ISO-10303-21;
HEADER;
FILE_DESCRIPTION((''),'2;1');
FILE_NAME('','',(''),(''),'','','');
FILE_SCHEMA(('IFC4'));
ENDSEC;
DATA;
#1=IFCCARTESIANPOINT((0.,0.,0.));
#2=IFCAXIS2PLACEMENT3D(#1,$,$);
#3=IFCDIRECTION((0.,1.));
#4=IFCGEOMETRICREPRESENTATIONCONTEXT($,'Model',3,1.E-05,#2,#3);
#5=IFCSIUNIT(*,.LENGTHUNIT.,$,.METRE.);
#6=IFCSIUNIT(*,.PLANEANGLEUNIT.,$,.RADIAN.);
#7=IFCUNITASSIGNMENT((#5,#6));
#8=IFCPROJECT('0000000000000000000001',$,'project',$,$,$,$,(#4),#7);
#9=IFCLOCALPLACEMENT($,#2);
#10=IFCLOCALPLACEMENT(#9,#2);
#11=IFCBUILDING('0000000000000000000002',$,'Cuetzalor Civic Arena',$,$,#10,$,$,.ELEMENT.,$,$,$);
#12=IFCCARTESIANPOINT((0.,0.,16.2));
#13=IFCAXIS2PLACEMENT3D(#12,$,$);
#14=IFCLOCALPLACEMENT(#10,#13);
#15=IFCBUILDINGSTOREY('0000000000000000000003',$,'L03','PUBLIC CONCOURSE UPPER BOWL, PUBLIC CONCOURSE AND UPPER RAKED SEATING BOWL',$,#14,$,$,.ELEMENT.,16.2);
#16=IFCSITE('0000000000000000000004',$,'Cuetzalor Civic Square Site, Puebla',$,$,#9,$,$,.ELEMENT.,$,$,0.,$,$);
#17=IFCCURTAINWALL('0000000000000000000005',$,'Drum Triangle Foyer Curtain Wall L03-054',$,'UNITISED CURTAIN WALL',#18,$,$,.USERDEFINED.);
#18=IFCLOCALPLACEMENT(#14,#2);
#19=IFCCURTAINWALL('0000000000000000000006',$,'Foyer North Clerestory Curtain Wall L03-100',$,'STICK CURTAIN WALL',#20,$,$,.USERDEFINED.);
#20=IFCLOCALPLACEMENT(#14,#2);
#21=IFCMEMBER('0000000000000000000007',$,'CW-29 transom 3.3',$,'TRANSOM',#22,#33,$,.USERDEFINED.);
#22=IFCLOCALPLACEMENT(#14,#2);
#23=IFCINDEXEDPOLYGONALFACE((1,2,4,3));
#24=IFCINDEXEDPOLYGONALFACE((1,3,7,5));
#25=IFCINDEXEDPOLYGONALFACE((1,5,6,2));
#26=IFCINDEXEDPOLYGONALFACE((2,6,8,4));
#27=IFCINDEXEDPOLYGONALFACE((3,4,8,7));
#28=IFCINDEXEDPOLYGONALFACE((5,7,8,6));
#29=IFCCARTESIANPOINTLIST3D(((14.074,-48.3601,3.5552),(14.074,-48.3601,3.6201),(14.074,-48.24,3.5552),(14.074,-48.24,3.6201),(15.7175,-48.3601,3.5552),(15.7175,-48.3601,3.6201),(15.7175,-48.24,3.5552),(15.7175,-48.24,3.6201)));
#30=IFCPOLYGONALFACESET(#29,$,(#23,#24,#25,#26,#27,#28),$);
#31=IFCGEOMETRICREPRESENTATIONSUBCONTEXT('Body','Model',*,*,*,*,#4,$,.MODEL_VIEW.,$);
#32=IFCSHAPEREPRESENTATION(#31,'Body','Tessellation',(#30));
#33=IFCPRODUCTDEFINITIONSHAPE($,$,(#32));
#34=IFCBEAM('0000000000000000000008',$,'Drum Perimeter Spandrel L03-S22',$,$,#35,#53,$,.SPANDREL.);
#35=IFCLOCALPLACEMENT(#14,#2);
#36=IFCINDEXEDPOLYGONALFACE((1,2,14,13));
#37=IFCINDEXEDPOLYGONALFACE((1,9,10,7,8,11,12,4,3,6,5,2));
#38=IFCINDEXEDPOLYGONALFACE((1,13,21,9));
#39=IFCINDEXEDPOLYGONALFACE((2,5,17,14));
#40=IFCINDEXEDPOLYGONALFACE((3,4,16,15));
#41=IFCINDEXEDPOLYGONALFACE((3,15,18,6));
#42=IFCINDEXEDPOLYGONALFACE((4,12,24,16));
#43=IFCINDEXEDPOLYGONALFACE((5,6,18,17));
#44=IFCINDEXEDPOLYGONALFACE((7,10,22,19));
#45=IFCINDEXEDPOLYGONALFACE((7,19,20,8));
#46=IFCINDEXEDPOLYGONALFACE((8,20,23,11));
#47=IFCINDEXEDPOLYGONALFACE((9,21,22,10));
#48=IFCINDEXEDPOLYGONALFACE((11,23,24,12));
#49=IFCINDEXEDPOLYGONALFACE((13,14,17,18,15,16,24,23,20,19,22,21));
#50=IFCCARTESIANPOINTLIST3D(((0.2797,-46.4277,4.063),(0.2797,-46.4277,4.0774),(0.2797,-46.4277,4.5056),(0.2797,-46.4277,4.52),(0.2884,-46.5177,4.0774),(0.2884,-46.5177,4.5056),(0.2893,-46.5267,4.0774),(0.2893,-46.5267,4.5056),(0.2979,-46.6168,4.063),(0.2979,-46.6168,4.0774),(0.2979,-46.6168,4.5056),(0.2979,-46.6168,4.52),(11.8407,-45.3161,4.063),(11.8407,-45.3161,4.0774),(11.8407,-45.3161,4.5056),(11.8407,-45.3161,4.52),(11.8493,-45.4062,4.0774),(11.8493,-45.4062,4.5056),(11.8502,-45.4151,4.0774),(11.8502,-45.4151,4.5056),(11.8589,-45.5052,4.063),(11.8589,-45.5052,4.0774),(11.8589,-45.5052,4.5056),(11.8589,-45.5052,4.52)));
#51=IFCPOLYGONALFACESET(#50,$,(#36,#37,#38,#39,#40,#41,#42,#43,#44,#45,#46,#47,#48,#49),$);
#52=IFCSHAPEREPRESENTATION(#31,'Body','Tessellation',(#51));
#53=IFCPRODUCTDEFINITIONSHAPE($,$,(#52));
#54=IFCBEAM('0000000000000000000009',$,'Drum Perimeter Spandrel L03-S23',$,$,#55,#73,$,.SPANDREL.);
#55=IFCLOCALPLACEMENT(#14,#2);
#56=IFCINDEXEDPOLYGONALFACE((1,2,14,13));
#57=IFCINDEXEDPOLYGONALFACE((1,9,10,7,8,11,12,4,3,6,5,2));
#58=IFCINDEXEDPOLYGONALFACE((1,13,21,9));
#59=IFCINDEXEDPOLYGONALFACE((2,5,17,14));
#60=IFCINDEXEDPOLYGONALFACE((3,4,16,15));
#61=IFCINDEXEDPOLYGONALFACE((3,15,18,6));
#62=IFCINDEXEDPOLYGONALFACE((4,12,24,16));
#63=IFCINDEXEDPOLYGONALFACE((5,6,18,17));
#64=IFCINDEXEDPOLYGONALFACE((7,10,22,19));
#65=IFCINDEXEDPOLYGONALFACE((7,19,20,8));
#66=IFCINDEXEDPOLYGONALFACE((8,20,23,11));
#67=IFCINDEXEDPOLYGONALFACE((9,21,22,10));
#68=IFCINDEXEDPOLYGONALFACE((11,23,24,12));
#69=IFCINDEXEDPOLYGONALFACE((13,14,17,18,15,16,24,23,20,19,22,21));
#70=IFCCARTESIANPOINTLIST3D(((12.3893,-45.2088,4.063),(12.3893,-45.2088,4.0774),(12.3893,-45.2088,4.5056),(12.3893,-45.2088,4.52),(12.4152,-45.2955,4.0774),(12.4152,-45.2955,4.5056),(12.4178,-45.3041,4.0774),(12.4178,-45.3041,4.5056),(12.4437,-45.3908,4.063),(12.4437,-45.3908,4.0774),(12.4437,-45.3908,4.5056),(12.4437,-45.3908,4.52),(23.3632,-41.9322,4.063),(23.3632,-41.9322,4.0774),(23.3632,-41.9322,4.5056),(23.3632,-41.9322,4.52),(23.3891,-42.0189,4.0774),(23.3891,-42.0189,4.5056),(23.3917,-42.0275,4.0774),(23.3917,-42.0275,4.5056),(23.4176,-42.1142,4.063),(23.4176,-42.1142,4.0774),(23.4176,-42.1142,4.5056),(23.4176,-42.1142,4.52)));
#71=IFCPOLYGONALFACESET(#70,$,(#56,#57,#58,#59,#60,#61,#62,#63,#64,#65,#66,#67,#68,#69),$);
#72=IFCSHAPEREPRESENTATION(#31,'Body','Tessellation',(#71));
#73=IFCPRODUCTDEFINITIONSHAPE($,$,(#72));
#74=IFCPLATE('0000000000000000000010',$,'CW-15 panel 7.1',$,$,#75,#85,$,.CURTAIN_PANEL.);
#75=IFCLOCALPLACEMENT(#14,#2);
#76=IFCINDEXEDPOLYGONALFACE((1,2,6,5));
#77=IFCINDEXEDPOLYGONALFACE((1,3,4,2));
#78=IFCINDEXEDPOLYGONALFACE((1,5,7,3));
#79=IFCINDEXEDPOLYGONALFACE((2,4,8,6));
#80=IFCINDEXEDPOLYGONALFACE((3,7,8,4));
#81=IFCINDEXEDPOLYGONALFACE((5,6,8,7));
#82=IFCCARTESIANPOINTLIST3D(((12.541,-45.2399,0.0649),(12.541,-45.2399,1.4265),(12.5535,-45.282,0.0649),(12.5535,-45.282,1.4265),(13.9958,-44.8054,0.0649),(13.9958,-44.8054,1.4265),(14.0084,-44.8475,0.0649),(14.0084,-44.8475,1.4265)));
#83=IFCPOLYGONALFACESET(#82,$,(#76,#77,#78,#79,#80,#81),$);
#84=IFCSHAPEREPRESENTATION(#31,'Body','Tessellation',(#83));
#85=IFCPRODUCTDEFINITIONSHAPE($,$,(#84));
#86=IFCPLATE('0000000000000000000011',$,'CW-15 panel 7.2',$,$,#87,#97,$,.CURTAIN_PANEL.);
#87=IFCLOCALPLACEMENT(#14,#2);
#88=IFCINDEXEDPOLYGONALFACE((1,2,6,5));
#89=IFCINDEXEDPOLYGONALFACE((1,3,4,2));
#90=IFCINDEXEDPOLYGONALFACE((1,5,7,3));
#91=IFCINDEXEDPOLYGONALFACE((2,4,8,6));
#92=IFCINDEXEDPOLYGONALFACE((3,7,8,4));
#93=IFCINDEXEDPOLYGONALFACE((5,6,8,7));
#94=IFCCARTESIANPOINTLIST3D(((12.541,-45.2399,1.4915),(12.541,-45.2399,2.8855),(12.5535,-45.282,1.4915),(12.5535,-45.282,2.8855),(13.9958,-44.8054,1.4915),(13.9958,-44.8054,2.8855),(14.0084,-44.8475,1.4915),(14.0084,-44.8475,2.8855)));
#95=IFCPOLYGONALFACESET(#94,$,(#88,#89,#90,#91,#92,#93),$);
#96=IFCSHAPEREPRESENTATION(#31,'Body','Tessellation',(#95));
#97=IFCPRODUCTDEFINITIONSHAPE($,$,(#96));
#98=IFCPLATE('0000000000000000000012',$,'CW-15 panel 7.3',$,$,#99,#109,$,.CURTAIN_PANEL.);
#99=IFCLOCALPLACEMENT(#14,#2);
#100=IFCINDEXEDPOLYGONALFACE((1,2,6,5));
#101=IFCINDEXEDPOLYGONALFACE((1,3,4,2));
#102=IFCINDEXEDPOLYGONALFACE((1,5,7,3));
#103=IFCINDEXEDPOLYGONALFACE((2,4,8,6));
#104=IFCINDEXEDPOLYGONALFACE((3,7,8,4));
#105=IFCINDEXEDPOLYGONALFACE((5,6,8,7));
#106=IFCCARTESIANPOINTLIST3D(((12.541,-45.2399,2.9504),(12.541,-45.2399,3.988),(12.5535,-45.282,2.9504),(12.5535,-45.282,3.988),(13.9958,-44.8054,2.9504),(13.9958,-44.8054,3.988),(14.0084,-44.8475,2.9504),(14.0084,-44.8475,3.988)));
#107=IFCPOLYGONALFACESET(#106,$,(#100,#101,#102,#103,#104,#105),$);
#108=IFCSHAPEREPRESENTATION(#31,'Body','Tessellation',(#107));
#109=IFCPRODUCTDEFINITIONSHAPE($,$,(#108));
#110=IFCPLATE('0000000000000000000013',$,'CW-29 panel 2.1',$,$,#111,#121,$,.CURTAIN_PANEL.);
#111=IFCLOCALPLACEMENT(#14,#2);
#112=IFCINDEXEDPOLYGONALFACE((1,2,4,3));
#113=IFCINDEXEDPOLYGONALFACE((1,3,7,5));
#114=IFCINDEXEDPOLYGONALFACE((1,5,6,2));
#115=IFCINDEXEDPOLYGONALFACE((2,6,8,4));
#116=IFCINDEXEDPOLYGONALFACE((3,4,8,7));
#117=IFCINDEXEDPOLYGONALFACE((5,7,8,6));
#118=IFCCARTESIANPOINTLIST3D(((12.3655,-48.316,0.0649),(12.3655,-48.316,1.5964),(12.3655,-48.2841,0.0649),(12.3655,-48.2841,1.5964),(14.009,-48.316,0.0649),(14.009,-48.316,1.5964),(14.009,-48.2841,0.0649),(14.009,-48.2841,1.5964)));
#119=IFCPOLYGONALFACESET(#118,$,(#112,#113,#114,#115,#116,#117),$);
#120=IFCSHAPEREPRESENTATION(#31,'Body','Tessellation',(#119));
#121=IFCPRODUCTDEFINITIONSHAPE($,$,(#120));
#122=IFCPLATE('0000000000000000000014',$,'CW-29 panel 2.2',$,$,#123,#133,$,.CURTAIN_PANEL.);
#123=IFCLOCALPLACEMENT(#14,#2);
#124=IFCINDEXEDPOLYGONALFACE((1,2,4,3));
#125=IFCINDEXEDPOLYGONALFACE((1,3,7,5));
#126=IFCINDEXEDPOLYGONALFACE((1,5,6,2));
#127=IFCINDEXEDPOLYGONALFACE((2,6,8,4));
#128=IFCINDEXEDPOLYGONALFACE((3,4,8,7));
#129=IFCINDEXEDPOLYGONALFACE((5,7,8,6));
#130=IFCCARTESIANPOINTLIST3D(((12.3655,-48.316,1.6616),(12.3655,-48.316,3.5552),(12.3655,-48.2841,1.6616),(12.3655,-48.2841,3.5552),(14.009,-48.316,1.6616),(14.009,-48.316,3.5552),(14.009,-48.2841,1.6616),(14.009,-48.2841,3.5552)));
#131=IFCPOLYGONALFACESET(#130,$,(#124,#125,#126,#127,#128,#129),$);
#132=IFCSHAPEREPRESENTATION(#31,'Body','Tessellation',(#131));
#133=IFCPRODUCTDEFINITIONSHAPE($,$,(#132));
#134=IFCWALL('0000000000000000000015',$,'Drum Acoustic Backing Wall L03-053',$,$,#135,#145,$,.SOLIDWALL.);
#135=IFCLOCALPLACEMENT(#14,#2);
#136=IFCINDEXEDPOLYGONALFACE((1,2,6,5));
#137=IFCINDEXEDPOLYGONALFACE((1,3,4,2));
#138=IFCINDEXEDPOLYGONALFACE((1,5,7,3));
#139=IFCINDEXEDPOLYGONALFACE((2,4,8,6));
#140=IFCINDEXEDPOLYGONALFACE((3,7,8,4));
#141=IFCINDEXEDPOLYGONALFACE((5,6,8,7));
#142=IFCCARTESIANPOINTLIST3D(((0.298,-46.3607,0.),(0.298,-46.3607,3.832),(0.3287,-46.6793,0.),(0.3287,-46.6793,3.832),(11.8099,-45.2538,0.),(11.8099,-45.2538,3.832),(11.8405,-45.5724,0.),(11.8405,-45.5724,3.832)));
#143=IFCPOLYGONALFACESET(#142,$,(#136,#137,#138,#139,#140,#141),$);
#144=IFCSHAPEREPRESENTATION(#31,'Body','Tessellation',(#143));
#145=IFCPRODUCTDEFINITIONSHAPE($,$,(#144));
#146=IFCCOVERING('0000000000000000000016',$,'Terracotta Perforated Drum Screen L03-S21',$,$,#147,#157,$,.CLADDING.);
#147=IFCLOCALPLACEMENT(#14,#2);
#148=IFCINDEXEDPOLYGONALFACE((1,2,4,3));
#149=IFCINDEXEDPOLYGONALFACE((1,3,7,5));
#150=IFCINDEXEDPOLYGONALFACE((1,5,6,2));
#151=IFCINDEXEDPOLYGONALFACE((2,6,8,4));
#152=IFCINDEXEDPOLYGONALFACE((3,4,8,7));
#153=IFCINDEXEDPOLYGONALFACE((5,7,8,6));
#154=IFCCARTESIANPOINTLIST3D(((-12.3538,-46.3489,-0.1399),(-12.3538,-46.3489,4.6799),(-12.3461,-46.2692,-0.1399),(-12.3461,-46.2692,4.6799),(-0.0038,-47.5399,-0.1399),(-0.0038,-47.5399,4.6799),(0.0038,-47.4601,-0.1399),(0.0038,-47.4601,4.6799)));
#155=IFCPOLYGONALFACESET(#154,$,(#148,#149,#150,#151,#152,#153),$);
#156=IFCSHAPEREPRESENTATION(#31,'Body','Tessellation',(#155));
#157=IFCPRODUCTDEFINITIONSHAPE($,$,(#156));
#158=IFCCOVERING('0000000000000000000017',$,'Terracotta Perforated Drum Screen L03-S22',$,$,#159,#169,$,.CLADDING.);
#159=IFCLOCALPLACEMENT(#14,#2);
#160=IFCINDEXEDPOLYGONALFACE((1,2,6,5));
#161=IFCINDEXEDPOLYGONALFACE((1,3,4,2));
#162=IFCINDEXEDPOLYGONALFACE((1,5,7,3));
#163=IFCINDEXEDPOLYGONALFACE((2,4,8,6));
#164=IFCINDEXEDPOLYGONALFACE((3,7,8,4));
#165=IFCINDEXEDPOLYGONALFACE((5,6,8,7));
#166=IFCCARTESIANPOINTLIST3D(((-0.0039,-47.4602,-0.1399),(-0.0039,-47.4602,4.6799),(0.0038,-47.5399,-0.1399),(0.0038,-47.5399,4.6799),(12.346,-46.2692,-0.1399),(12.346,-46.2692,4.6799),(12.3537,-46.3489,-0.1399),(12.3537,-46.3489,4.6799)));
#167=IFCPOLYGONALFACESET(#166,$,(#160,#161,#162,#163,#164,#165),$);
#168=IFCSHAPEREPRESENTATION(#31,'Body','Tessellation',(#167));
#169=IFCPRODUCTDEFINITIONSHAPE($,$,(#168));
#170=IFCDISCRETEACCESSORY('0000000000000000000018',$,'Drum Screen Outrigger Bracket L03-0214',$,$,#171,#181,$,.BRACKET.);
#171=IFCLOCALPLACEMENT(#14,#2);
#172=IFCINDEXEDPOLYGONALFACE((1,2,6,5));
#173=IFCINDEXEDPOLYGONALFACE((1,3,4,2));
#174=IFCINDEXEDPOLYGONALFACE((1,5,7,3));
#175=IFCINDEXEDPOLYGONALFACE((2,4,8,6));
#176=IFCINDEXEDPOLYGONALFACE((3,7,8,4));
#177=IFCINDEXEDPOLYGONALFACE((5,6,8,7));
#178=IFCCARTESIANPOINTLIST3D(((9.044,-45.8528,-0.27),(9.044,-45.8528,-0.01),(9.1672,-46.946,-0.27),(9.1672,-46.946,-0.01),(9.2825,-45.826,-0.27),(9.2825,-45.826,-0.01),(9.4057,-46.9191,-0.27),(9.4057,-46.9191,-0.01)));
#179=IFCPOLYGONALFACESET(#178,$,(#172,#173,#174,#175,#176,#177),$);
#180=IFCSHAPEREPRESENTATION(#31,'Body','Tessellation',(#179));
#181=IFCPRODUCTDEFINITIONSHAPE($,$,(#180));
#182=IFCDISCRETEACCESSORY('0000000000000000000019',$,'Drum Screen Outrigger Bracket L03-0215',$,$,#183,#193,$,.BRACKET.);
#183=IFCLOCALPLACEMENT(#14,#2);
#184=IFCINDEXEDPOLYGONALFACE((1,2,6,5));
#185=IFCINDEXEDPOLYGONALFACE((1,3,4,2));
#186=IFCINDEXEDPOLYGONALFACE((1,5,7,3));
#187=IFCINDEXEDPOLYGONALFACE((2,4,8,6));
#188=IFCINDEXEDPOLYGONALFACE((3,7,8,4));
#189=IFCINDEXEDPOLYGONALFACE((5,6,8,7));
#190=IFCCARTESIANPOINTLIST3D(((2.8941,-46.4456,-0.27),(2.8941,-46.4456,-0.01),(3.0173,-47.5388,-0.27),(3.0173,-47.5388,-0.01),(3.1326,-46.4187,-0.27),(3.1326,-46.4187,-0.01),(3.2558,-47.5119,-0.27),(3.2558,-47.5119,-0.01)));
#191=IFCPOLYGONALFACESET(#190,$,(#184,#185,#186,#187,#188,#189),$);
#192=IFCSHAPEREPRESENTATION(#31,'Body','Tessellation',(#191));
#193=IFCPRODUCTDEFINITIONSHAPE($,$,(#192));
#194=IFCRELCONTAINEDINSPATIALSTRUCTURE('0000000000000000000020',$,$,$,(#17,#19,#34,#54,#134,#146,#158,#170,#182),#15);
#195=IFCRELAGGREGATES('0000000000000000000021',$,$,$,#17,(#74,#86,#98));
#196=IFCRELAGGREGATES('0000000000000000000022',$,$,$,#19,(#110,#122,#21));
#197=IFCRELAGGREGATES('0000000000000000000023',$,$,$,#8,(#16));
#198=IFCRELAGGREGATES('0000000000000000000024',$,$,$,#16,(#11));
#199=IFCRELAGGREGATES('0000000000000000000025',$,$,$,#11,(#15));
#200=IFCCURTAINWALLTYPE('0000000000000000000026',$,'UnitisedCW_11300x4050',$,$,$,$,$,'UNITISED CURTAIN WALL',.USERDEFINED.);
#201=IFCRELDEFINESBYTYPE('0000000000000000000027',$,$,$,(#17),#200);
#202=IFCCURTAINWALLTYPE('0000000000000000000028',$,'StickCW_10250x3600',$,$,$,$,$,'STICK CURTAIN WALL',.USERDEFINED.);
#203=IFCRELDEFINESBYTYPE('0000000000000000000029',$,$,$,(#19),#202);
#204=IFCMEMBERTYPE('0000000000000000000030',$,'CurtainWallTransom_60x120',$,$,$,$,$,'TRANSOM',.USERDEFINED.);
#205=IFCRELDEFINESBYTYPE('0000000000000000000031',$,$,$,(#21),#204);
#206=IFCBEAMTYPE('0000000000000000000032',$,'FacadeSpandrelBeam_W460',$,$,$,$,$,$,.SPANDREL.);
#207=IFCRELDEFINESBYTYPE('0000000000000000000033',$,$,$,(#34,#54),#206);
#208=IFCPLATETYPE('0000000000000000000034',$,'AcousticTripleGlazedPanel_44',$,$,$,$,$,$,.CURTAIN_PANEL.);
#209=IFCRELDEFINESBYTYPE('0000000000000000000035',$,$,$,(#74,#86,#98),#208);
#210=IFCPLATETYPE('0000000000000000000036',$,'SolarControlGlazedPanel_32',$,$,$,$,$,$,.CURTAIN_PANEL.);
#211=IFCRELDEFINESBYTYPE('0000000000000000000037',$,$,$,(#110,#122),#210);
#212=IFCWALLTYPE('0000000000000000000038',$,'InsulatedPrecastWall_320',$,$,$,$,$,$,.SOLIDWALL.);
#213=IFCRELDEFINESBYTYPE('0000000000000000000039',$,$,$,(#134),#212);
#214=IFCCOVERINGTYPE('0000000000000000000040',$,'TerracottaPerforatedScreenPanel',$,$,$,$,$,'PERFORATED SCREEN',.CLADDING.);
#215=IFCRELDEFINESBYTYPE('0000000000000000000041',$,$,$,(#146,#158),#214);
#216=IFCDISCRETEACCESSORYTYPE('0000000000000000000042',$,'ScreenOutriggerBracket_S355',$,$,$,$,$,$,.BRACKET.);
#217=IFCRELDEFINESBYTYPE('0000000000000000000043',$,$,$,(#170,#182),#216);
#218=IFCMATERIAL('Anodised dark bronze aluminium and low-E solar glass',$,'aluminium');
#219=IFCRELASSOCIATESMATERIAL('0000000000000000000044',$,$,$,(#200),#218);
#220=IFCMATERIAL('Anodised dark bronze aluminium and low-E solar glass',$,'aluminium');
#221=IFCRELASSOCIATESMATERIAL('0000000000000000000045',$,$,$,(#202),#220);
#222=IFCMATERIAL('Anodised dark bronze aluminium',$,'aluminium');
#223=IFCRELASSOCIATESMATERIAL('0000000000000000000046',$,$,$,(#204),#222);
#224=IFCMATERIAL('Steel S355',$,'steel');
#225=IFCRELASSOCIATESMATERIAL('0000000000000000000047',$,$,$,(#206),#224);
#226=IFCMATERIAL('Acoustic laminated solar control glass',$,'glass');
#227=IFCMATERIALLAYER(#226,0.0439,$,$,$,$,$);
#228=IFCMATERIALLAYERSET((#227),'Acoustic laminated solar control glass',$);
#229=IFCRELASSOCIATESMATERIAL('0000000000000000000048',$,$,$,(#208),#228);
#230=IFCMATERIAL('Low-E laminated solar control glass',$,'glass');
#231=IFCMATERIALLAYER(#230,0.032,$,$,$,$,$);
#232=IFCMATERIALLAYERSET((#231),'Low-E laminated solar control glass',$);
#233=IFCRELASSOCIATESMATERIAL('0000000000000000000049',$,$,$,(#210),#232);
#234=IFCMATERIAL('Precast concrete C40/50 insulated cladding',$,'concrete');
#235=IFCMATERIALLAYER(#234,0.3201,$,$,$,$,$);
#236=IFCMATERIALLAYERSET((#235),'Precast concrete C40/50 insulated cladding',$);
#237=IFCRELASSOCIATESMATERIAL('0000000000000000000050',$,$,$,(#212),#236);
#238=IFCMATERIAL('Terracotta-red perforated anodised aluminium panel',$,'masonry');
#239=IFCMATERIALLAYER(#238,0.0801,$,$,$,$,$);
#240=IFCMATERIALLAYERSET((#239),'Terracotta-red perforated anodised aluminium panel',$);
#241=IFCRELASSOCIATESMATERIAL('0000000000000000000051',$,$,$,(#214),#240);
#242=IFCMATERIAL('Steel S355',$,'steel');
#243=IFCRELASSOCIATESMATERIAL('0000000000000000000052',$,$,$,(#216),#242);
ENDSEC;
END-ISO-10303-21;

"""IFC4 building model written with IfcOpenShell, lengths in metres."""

from ifc_helpers import new_model, si_unit, direction, frame, frame_2d, origin, origin_2d, place, context, subcontext, project, spatial, rectangle, i_section, extrude, material, layer, layer_set, material_profile, profile_set, type_object, element, aggregate, save


model = new_model("IFC4")

# Units and contexts
model_context = context("Model", 3, precision=1e-05, world=origin(), true_north=direction((0.0, 1.0)))
body_context = subcontext(model_context, "Body", "Model", "MODEL_VIEW")
ifc_project = project(units=[si_unit("LENGTHUNIT", "METRE"), si_unit("PLANEANGLEUNIT", "RADIAN")], contexts=[model_context])

# Site, building, storey
site_placement = place(None, origin())
site = spatial("IfcSite", under=ifc_project, at=site_placement, Name="Cuetzalor Civic Square Site, Puebla", CompositionType="ELEMENT", RefElevation=0.0)
building_placement = place(site_placement, origin())
building = spatial("IfcBuilding", under=site, at=building_placement, Name="Cuetzalor Civic Arena", CompositionType="ELEMENT")
storey_placement = place(building_placement, frame((0.0, 0.0, 16.2)))
storey = spatial("IfcBuildingStorey", under=building, at=storey_placement, Name="L03", Description="PUBLIC CONCOURSE UPPER BOWL, PUBLIC CONCOURSE AND UPPER RAKED SEATING BOWL", CompositionType="ELEMENT", Elevation=16.2)

# Curtain wall
ifc_material_1 = material(Name="Anodised dark bronze aluminium and low-E solar glass", Category="aluminium")
curtain_wall_type_1 = type_object("IfcCurtainWallType", Name="UnitisedCW_11300x4050", ElementType="UNITISED CURTAIN WALL", PredefinedType="USERDEFINED", material=ifc_material_1)
curtain_wall_1_placement = place(storey_placement, origin())
curtain_wall_1 = element("IfcCurtainWall", 1, at=curtain_wall_1_placement, inside=storey, type_object=curtain_wall_type_1, Name="Drum Triangle Foyer Curtain Wall L03-054", ObjectType="UNITISED CURTAIN WALL", PredefinedType="USERDEFINED")

# Curtain wall
ifc_material_2 = material(Name="Anodised dark bronze aluminium and low-E solar glass", Category="aluminium")
curtain_wall_type_2 = type_object("IfcCurtainWallType", Name="StickCW_10250x3600", ElementType="STICK CURTAIN WALL", PredefinedType="USERDEFINED", material=ifc_material_2)
curtain_wall_2_placement = place(storey_placement, origin())
curtain_wall_2 = element("IfcCurtainWall", 2, at=curtain_wall_2_placement, inside=storey, type_object=curtain_wall_type_2, Name="Foyer North Clerestory Curtain Wall L03-100", ObjectType="STICK CURTAIN WALL", PredefinedType="USERDEFINED")

# Member
ifc_material_3 = material(Name="Anodised dark bronze aluminium", Category="aluminium")
ifc_material_profile_1 = material_profile(ifc_material_3, rectangle(XDim=0.1201, YDim=0.0649, at=origin_2d()), Name="ALU TRANSOM 65x120")
ifc_profile_set_1 = profile_set([ifc_material_profile_1], Name="Anodised dark bronze aluminium")
member_type_1 = type_object("IfcMemberType", Name="CurtainWallTransom_60x120", ElementType="TRANSOM", PredefinedType="USERDEFINED", material=ifc_profile_set_1)
member_1_placement = place(storey_placement, frame((14.074, -48.3, 3.5876), z_axis=(1.0, 0.0, 0.0), x_axis=(0.0, 1.0, 0.0)))
member_1 = element("IfcMember", 3, at=member_1_placement, type_object=member_type_1, Name="CW-29 transom 3.3", ObjectType="TRANSOM", PredefinedType="USERDEFINED", context=body_context, shape_type="SweptSolid", body=[
    extrude(rectangle(XDim=0.1201, YDim=0.0649, at=origin_2d()), origin(), (0.0, 0.0, 1.0), 1.6436),
])

# Beams
ifc_material_4 = material(Name="Steel S355", Category="steel")
ifc_material_profile_2 = material_profile(ifc_material_4, i_section(OverallWidth=0.1899, OverallDepth=0.457, WebThickness=0.009, FlangeThickness=0.0144, at=origin_2d()), Name="W460x74")
ifc_profile_set_2 = profile_set([ifc_material_profile_2], Name="Steel S355")
beam_type = type_object("IfcBeamType", Name="FacadeSpandrelBeam_W460", PredefinedType="SPANDREL", material=ifc_profile_set_2)
beam_1_placement = place(storey_placement, frame((0.2888, -46.5222, 4.2915), z_axis=(0.99541, 0.095707, 0.0), x_axis=(-0.095707, 0.99541, 0.0)))
element("IfcBeam", 4, at=beam_1_placement, inside=storey, type_object=beam_type, Name="Drum Perimeter Spandrel L03-S22", PredefinedType="SPANDREL", context=body_context, shape_type="SweptSolid", body=[
    extrude(i_section(OverallWidth=0.1899, OverallDepth=0.457, WebThickness=0.009, FlangeThickness=0.0144, at=origin_2d()), origin(), (0.0, 0.0, 1.0), 11.6143),
])
beam_2_placement = place(storey_placement, frame((12.4165, -45.2998, 4.2915), z_axis=(0.958199, 0.286102, 0.0), x_axis=(-0.286102, 0.958199, 0.0)))
element("IfcBeam", 5, at=beam_2_placement, inside=storey, type_object=beam_type, Name="Drum Perimeter Spandrel L03-S23", PredefinedType="SPANDREL", context=body_context, shape_type="SweptSolid", body=[
    extrude(i_section(OverallWidth=0.1899, OverallDepth=0.457, WebThickness=0.009, FlangeThickness=0.0144, at=origin_2d()), origin(), (0.0, 0.0, 1.0), 11.4526),
])

# Plates
ifc_material_5 = material(Name="Acoustic laminated solar control glass", Category="glass")
ifc_layer_1 = layer(ifc_material_5, 0.0439)
ifc_layer_set_1 = layer_set([ifc_layer_1], Name="Acoustic laminated solar control glass")
plate_type_1 = type_object("IfcPlateType", Name="AcousticTripleGlazedPanel_44", PredefinedType="CURTAIN_PANEL", material=ifc_layer_set_1)
plate_1_placement = place(storey_placement, frame((13.2747, -45.0437, 0.0649), z_axis=(0.0, 0.0, 1.0), x_axis=(-0.958194, -0.28612, 0.0)))
plate_1 = element("IfcPlate", 6, at=plate_1_placement, type_object=plate_type_1, Name="CW-15 panel 7.1", PredefinedType="CURTAIN_PANEL", context=body_context, shape_type="SweptSolid", body=[
    extrude(rectangle(XDim=1.5183, YDim=0.0439, at=origin_2d()), origin(), (0.0, 0.0, 1.0), 1.3616),
])
plate_2_placement = place(storey_placement, frame((13.2747, -45.0437, 1.4915), z_axis=(0.0, 0.0, 1.0), x_axis=(-0.958194, -0.28612, 0.0)))
plate_2 = element("IfcPlate", 7, at=plate_2_placement, type_object=plate_type_1, Name="CW-15 panel 7.2", PredefinedType="CURTAIN_PANEL", context=body_context, shape_type="SweptSolid", body=[
    extrude(rectangle(XDim=1.5183, YDim=0.0439, at=origin_2d()), origin(), (0.0, 0.0, 1.0), 1.394),
])
plate_3_placement = place(storey_placement, frame((13.2747, -45.0437, 2.9504), z_axis=(0.0, 0.0, 1.0), x_axis=(-0.958194, -0.28612, 0.0)))
plate_3 = element("IfcPlate", 8, at=plate_3_placement, type_object=plate_type_1, Name="CW-15 panel 7.3", PredefinedType="CURTAIN_PANEL", context=body_context, shape_type="SweptSolid", body=[
    extrude(rectangle(XDim=1.5183, YDim=0.0439, at=origin_2d()), origin(), (0.0, 0.0, 1.0), 1.0376),
])
aggregate(curtain_wall_1, [plate_1, plate_2, plate_3])
ifc_material_6 = material(Name="Low-E laminated solar control glass", Category="glass")
ifc_layer_2 = layer(ifc_material_6, 0.032)
ifc_layer_set_2 = layer_set([ifc_layer_2], Name="Low-E laminated solar control glass")
plate_type_2 = type_object("IfcPlateType", Name="SolarControlGlazedPanel_32", PredefinedType="CURTAIN_PANEL", material=ifc_layer_set_2)
plate_4_placement = place(storey_placement, frame((13.1873, -48.3, 0.0649), z_axis=(0.0, 0.0, 1.0), x_axis=(1.0, 0.0, 0.0)))
plate_4 = element("IfcPlate", 9, at=plate_4_placement, type_object=plate_type_2, Name="CW-29 panel 2.1", PredefinedType="CURTAIN_PANEL", context=body_context, shape_type="SweptSolid", body=[
    extrude(rectangle(XDim=1.6436, YDim=0.032, at=origin_2d()), origin(), (0.0, 0.0, 1.0), 1.5315),
])
plate_5_placement = place(storey_placement, frame((13.1873, -48.3, 1.6616), z_axis=(0.0, 0.0, 1.0), x_axis=(1.0, 0.0, 0.0)))
plate_5 = element("IfcPlate", 10, at=plate_5_placement, type_object=plate_type_2, Name="CW-29 panel 2.2", PredefinedType="CURTAIN_PANEL", context=body_context, shape_type="SweptSolid", body=[
    extrude(rectangle(XDim=1.6436, YDim=0.032, at=origin_2d()), origin(), (0.0, 0.0, 1.0), 1.8936),
])
aggregate(curtain_wall_2, [plate_4, plate_5, member_1])

# Wall
ifc_material_7 = material(Name="Precast concrete C40/50 insulated cladding", Category="concrete")
ifc_layer_3 = layer(ifc_material_7, 0.3201)
ifc_layer_set_3 = layer_set([ifc_layer_3], Name="Precast concrete C40/50 insulated cladding")
wall_type = type_object("IfcWallType", Name="InsulatedPrecastWall_320", PredefinedType="SOLIDWALL", material=ifc_layer_set_3)
wall_placement = place(storey_placement, frame((11.8252, -45.4131, 0.0), z_axis=(0.0, 0.0, 1.0), x_axis=(-0.995409, -0.095714, 0.0)))
element("IfcWall", 11, at=wall_placement, inside=storey, type_object=wall_type, Name="Drum Acoustic Backing Wall L03-053", PredefinedType="SOLIDWALL", context=body_context, shape_type="SweptSolid", body=[
    extrude(rectangle(XDim=11.5649, YDim=0.3201, at=frame_2d((5.7825, 0.0))), origin(), (0.0, 0.0, 1.0), 3.832),
])

# Coverings
ifc_material_8 = material(Name="Terracotta-red perforated anodised aluminium panel", Category="masonry")
ifc_layer_4 = layer(ifc_material_8, 0.0801)
ifc_layer_set_4 = layer_set([ifc_layer_4], Name="Terracotta-red perforated anodised aluminium panel")
covering_type = type_object("IfcCoveringType", Name="TerracottaPerforatedScreenPanel", ElementType="PERFORATED SCREEN", PredefinedType="CLADDING", material=ifc_layer_set_4)
for number, where, z_axis, x_axis, name in (
    (12, (0.0, -47.5, -0.1399), (0.0, 0.0, 1.0), (-0.995383, 0.095986, 0.0), "Terracotta Perforated Drum Screen L03-S21"),
    (13, (12.3499, -46.3091, -0.1399), (0.0, 0.0, 1.0), (-0.995383, -0.095986, 0.0), "Terracotta Perforated Drum Screen L03-S22"),
):
    element("IfcCovering", number, at=place(storey_placement, frame(where, z_axis=z_axis, x_axis=x_axis)), inside=storey, type_object=covering_type, Name=name, PredefinedType="CLADDING", context=body_context, shape_type="SweptSolid", body=[
        extrude(rectangle(XDim=12.4072, YDim=0.0801, at=frame_2d((6.2036, 0.0))), origin(), (0.0, 0.0, 1.0), 4.8198),
    ])

# Discrete accessories
ifc_material_9 = material(Name="Steel S355", Category="steel")
discrete_accessory_type = type_object("IfcDiscreteAccessoryType", Name="ScreenOutriggerBracket_S355", PredefinedType="BRACKET", material=ifc_material_9)
for number, where, z_axis, x_axis, name in (
    (14, (9.2249, -46.386, -0.27), (0.0, 0.0, 1.0), (0.111989, -0.993709, 0.0), "Drum Screen Outrigger Bracket L03-0214"),
    (15, (3.075, -46.9788, -0.27), (0.0, 0.0, 1.0), (0.111989, -0.993709, 0.0), "Drum Screen Outrigger Bracket L03-0215"),
):
    element("IfcDiscreteAccessory", number, at=place(storey_placement, frame(where, z_axis=z_axis, x_axis=x_axis)), inside=storey, type_object=discrete_accessory_type, Name=name, PredefinedType="BRACKET", context=body_context, shape_type="SweptSolid", body=[
        extrude(rectangle(XDim=1.1001, YDim=0.24, at=origin_2d()), origin(), (0.0, 0.0, 1.0), 0.26),
    ])

save(model, "model.ifc")
